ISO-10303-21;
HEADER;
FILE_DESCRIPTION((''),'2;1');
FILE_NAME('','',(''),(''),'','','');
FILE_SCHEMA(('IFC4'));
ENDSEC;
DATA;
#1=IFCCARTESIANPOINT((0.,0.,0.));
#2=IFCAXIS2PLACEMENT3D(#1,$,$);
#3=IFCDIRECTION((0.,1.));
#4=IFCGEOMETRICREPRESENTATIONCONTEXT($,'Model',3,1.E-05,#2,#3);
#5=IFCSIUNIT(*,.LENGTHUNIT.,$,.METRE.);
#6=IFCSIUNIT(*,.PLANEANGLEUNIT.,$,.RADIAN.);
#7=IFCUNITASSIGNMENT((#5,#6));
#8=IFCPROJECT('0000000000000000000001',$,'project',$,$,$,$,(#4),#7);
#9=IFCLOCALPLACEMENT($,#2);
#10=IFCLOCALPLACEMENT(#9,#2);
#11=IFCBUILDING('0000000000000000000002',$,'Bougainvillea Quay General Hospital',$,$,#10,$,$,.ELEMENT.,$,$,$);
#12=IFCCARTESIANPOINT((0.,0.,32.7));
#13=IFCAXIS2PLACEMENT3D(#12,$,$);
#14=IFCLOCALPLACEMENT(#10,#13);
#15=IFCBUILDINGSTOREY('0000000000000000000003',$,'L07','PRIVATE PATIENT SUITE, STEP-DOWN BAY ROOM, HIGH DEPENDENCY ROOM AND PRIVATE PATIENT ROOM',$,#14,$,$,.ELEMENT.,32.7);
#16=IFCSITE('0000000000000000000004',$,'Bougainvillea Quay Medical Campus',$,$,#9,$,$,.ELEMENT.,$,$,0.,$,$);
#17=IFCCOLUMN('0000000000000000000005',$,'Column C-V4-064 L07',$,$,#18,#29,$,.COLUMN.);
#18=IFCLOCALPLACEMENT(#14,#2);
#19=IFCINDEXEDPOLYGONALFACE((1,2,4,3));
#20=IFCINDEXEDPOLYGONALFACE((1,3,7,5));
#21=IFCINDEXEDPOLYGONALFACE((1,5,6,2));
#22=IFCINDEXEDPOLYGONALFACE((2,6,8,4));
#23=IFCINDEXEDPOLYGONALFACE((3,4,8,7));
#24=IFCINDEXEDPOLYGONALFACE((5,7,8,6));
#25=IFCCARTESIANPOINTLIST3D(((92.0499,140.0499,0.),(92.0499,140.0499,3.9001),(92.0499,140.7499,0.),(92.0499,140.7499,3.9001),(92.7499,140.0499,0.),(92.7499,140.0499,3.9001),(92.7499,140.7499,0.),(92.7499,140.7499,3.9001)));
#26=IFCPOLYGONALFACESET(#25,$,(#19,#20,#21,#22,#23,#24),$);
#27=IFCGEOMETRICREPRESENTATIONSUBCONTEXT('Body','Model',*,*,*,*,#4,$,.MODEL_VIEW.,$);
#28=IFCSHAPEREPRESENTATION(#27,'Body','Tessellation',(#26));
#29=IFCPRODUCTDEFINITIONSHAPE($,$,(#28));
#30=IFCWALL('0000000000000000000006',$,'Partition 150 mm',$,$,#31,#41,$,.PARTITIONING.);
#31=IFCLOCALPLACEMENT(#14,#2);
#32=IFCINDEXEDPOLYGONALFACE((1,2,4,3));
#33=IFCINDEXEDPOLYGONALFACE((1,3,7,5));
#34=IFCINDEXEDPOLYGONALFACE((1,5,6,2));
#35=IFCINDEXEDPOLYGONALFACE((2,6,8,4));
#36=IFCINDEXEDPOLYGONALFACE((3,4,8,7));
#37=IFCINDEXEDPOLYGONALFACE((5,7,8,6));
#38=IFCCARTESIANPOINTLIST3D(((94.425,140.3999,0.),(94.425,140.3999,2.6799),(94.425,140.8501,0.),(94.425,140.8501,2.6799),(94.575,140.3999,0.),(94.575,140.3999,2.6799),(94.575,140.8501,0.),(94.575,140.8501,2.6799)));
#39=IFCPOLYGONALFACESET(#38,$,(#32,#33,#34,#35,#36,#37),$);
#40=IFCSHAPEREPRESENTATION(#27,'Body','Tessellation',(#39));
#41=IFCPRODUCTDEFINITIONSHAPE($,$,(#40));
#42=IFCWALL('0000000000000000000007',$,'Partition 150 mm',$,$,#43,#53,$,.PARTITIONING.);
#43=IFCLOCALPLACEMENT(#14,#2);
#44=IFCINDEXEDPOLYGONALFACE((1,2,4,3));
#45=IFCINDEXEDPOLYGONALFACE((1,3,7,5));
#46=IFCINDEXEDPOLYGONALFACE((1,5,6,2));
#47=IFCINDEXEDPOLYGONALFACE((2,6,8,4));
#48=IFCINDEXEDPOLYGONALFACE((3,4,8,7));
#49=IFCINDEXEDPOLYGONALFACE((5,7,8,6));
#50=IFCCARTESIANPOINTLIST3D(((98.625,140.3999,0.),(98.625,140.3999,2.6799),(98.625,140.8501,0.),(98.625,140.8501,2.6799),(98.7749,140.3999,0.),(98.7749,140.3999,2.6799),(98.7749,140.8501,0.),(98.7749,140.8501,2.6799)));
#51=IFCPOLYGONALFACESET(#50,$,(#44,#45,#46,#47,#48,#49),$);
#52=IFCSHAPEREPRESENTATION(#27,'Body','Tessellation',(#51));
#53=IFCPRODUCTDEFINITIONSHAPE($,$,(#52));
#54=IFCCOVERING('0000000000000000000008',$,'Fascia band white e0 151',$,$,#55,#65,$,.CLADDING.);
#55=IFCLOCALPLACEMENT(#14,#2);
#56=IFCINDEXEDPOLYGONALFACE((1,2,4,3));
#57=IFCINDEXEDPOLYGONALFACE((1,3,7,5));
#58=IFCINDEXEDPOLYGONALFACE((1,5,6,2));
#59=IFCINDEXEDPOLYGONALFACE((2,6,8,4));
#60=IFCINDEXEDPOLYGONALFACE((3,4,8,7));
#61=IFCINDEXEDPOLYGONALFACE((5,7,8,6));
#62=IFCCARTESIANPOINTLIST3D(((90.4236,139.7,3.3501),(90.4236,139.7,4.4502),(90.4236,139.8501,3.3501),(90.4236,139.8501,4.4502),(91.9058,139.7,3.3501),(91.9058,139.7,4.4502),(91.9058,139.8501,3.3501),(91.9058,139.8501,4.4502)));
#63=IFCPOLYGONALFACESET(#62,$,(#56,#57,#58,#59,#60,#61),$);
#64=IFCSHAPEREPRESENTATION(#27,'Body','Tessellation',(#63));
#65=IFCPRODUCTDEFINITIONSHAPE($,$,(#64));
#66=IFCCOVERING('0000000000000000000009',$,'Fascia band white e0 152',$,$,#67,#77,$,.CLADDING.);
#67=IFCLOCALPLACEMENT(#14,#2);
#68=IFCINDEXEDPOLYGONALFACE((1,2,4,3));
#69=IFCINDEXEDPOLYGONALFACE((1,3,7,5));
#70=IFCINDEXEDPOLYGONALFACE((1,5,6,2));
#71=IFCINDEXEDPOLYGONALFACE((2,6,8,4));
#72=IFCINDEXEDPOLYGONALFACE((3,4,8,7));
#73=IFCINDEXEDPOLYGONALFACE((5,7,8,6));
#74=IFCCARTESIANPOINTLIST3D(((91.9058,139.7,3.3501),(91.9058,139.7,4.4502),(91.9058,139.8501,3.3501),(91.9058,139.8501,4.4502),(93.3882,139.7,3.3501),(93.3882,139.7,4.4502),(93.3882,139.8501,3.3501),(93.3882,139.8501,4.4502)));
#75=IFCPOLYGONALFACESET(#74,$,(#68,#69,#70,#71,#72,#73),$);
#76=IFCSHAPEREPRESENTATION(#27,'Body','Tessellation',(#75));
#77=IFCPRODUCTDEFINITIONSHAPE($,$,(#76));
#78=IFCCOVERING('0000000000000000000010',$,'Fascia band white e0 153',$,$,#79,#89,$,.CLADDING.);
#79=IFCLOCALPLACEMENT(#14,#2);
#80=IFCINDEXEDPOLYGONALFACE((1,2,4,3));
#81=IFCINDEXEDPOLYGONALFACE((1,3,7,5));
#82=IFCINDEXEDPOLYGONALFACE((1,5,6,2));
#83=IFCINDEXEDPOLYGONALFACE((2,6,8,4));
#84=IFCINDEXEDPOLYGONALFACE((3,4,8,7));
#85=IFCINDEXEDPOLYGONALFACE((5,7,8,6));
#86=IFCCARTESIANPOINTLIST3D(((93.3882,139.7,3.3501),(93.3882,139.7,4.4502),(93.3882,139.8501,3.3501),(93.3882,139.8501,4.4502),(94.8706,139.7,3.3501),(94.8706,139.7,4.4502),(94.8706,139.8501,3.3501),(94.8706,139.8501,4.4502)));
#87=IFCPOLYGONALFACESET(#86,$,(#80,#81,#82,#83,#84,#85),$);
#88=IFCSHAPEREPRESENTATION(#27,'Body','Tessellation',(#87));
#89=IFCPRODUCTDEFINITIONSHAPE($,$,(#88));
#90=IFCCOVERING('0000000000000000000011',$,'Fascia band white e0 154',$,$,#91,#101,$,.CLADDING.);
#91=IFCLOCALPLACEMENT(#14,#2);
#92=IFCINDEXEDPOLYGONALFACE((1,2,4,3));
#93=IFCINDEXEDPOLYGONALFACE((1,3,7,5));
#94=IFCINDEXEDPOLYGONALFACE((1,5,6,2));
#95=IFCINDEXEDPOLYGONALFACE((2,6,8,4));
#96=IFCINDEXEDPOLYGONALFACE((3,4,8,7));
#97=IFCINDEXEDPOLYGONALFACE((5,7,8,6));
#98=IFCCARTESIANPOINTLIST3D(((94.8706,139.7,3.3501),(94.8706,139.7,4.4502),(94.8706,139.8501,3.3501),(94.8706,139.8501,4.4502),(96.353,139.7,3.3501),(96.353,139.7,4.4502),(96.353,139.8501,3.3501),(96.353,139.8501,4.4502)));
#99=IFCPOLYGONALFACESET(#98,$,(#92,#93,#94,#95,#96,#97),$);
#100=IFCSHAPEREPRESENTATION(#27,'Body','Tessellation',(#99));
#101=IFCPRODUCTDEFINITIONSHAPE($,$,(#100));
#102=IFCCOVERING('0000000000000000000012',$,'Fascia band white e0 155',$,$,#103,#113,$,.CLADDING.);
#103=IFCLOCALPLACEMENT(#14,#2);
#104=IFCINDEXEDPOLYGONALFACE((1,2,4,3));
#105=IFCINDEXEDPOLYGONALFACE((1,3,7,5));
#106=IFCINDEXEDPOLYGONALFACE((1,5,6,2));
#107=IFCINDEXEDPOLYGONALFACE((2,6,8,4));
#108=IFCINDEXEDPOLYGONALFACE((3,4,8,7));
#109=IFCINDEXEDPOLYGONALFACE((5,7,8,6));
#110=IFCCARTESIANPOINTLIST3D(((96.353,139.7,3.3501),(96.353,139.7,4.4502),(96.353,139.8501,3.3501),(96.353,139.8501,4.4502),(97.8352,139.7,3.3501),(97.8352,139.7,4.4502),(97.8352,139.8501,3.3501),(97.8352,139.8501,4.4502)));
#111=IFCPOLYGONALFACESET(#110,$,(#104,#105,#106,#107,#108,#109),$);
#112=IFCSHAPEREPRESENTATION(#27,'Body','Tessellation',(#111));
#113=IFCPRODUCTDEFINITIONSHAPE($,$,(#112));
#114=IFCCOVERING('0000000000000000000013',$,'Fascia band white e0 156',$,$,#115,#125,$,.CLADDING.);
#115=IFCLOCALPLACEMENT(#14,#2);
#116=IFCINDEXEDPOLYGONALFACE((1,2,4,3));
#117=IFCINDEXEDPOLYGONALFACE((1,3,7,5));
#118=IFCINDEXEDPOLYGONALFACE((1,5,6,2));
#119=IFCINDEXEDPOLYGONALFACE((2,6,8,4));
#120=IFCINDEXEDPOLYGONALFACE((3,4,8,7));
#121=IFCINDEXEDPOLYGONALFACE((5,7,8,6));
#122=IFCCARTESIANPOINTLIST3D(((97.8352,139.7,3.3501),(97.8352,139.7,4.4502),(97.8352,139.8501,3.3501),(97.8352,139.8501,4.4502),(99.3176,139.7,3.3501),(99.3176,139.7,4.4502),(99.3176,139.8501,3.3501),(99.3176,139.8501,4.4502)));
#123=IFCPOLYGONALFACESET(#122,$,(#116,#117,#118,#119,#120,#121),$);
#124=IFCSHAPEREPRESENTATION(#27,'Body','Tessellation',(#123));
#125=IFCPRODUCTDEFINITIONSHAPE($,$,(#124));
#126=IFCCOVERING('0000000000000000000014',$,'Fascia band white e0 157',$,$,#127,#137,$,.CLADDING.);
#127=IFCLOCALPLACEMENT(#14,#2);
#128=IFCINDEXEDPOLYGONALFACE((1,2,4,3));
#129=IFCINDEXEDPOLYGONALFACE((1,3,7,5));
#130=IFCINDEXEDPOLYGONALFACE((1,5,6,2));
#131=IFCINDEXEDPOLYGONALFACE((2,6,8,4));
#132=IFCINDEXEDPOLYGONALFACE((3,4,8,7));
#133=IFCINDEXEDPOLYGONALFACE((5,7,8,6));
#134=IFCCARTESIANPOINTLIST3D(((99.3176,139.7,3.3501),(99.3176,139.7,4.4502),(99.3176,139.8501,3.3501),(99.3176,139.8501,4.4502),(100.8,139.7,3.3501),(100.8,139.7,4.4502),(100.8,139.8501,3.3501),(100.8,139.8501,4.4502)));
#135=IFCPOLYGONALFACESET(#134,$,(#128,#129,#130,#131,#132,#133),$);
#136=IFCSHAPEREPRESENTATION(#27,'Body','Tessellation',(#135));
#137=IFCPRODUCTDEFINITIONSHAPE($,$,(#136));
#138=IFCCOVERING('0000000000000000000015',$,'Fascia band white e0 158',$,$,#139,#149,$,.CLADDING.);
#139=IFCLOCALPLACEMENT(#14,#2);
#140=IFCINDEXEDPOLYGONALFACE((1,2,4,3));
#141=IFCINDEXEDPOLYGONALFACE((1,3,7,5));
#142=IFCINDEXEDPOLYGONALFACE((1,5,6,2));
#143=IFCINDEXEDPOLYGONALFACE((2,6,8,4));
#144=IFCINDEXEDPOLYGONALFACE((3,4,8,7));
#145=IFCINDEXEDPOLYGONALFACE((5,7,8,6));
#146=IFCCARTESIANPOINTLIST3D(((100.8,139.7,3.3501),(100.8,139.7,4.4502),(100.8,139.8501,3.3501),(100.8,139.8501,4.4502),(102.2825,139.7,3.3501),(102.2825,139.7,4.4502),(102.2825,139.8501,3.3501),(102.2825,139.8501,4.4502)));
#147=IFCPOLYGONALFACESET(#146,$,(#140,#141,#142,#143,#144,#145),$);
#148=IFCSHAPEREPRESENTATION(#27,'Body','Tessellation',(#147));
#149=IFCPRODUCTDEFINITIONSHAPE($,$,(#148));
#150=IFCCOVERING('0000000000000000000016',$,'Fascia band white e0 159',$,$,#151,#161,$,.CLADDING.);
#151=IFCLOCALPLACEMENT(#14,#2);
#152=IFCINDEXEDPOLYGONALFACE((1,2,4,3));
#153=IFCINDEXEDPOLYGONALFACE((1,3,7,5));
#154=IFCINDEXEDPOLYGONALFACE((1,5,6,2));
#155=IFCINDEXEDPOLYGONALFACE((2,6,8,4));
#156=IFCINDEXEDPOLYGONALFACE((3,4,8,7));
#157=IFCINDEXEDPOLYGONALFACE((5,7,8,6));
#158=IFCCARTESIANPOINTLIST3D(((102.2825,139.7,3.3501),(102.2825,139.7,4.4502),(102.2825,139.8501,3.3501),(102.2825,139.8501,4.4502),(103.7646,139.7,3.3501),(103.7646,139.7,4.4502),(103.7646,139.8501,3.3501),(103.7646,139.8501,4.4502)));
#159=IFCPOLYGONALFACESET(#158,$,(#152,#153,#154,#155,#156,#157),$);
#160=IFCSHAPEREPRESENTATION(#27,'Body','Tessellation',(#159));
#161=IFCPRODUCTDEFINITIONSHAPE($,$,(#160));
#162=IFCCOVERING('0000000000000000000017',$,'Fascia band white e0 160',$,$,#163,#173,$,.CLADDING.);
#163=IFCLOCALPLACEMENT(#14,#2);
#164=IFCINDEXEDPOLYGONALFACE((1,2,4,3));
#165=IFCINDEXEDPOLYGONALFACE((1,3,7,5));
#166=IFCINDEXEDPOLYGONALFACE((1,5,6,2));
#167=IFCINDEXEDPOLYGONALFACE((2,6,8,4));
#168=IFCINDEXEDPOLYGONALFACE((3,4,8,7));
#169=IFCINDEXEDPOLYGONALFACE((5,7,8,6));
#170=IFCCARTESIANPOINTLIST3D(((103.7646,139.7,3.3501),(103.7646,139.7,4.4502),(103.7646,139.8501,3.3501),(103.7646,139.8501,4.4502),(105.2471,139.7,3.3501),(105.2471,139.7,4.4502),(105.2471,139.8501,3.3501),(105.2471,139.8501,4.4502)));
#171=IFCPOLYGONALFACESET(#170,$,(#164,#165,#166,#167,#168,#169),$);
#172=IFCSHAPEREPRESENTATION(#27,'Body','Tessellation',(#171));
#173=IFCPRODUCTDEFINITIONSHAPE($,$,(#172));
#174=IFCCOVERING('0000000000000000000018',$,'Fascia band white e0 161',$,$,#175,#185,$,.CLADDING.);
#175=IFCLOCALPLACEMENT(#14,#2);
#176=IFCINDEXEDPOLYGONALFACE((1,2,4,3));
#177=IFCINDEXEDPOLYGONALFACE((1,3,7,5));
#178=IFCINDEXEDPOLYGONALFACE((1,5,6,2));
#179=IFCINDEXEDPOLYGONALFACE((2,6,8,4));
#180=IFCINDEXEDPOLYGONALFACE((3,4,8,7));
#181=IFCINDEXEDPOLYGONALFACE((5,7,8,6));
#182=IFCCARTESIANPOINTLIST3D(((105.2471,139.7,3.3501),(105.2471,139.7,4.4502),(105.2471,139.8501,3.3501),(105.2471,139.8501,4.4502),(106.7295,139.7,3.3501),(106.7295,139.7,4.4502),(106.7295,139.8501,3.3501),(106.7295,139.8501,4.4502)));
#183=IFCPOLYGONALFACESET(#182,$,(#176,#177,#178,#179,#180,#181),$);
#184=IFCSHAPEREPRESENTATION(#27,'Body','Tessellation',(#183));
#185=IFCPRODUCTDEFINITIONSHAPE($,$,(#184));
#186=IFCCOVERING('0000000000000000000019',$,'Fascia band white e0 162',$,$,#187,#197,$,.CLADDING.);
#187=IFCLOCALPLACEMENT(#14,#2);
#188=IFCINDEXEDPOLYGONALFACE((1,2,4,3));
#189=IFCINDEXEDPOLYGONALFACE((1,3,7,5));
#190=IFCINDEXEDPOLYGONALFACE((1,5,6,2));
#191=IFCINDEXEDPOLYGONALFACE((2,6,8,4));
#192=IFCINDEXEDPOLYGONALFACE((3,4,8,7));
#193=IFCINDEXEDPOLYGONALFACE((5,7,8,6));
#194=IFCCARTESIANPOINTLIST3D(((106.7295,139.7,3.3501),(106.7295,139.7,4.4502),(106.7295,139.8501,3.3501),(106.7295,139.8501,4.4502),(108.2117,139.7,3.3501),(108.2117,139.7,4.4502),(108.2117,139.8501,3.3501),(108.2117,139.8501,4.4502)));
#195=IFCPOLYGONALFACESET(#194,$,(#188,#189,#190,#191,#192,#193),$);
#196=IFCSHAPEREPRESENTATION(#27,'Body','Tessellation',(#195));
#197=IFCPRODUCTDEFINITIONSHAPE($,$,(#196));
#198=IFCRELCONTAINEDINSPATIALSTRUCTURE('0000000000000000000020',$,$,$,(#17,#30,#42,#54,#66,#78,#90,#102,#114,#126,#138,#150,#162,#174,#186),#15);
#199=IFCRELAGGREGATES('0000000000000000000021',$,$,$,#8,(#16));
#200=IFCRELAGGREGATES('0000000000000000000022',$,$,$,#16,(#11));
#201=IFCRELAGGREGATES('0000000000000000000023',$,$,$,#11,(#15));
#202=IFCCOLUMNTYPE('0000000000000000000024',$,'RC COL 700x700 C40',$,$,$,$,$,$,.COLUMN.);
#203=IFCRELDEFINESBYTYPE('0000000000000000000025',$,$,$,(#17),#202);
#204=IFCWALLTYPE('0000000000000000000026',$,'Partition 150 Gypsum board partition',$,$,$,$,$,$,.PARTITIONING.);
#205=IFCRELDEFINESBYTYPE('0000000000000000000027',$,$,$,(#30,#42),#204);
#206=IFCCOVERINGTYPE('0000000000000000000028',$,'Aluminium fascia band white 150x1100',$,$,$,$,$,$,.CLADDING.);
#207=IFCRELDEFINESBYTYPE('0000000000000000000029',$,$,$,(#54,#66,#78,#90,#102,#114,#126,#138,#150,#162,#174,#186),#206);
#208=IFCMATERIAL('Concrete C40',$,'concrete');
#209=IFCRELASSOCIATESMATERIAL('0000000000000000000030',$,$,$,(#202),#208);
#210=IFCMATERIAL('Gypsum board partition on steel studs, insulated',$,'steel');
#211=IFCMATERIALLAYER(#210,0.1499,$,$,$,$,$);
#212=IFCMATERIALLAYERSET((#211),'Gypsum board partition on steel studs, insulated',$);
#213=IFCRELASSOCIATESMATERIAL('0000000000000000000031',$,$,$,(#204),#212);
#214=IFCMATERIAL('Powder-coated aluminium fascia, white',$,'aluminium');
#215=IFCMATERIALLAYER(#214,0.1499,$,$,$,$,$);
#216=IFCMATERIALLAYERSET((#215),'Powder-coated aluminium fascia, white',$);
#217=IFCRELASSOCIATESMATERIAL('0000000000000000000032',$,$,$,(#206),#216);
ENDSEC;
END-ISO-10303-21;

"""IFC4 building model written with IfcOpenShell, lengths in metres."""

from ifc_helpers import new_model, si_unit, direction, frame, frame_2d, origin, origin_2d, place, context, subcontext, project, spatial, polyline, rectangle, outline, extrude, material, layer, layer_set, material_profile, profile_set, type_object, element, save


model = new_model("IFC4")

# Units and contexts
model_context = context("Model", 3, precision=1e-05, world=origin(), true_north=direction((0.0, 1.0)))
body_context = subcontext(model_context, "Body", "Model", "MODEL_VIEW")
ifc_project = project(units=[si_unit("LENGTHUNIT", "METRE"), si_unit("PLANEANGLEUNIT", "RADIAN")], contexts=[model_context])

# Site, building, storey
site_placement = place(None, origin())
site = spatial("IfcSite", under=ifc_project, at=site_placement, Name="Bougainvillea Quay Medical Campus", CompositionType="ELEMENT", RefElevation=0.0)
building_placement = place(site_placement, origin())
building = spatial("IfcBuilding", under=site, at=building_placement, Name="Bougainvillea Quay General Hospital", CompositionType="ELEMENT")
storey_placement = place(building_placement, frame((0.0, 0.0, 32.7)))
storey = spatial("IfcBuildingStorey", under=building, at=storey_placement, Name="L07", Description="PRIVATE PATIENT SUITE, STEP-DOWN BAY ROOM, HIGH DEPENDENCY ROOM AND PRIVATE PATIENT ROOM", CompositionType="ELEMENT", Elevation=32.7)

# Column
ifc_material_1 = material(Name="Concrete C40", Category="concrete")
ifc_material_profile_1 = material_profile(ifc_material_1, rectangle(XDim=0.7, YDim=0.7, at=origin_2d()))
ifc_profile_set_1 = profile_set([ifc_material_profile_1], Name="Concrete C40")
column_type = type_object("IfcColumnType", Name="RC COL 700x700 C40", PredefinedType="COLUMN", material=ifc_profile_set_1)
column_placement = place(storey_placement, frame((92.3999, 140.3999, 0.0), z_axis=(0.0, 0.0, 1.0), x_axis=(1.0, 0.0, 0.0)))
element("IfcColumn", 1, at=column_placement, inside=storey, type_object=column_type, Name="Column C-V4-064 L07", PredefinedType="COLUMN", context=body_context, shape_type="SweptSolid", body=[
    extrude(rectangle(XDim=0.7, YDim=0.7, at=origin_2d()), origin(), (0.0, 0.0, 1.0), 3.9001),
])

# Walls
ifc_material_2 = material(Name="Gypsum board partition on steel studs, insulated", Category="steel")
ifc_layer_1 = layer(ifc_material_2, 0.1499)
ifc_layer_set_1 = layer_set([ifc_layer_1], Name="Gypsum board partition on steel studs, insulated")
wall_type = type_object("IfcWallType", Name="Partition 150 Gypsum board partition", PredefinedType="PARTITIONING", material=ifc_layer_set_1)
for number, where, z_axis, x_axis, name in (
    (2, (94.5, 140.3999, 0.0), (0.0, 0.0, 1.0), (0.0, 1.0, 0.0), "Partition 150 mm"),
    (3, (98.7, 140.3999, 0.0), (0.0, 0.0, 1.0), (0.0, 1.0, 0.0), "Partition 150 mm"),
):
    element("IfcWall", number, at=place(storey_placement, frame(where, z_axis=z_axis, x_axis=x_axis)), inside=storey, type_object=wall_type, Name=name, PredefinedType="PARTITIONING", context=body_context, shape_type="SweptSolid", body=[
        extrude(rectangle(XDim=0.4502, YDim=0.1499, at=frame_2d((0.2251, 0.0))), origin(), (0.0, 0.0, 1.0), 2.6799),
    ])

# Coverings
ifc_material_3 = material(Name="Powder-coated aluminium fascia, white", Category="aluminium")
ifc_layer_2 = layer(ifc_material_3, 0.1499)
ifc_layer_set_2 = layer_set([ifc_layer_2], Name="Powder-coated aluminium fascia, white")
covering_type = type_object("IfcCoveringType", Name="Aluminium fascia band white 150x1100", PredefinedType="CLADDING", material=ifc_layer_set_2)
covering_1_placement = place(storey_placement, frame((90.4236, 139.8501, 3.3501), z_axis=(0.0, 0.0, 1.0), x_axis=(1.0, 0.0, 0.0)))
element("IfcCovering", 4, at=covering_1_placement, inside=storey, type_object=covering_type, Name="Fascia band white e0 151", PredefinedType="CLADDING", context=body_context, shape_type="SweptSolid", body=[
    extrude(outline(polyline([(0.0, 0.0), (1.4822, 0.0), (1.4822, -0.1501), (0.0, -0.1501), (0.0, 0.0)])), origin(), (0.0, 0.0, 1.0), 1.1001),
])
for number, where, z_axis, x_axis, name in (
    (5, (91.9058, 139.8501, 3.3501), (0.0, 0.0, 1.0), (1.0, 0.0, 0.0), "Fascia band white e0 152"),
    (6, (93.3882, 139.8501, 3.3501), (0.0, 0.0, 1.0), (1.0, 0.0, 0.0), "Fascia band white e0 153"),
    (7, (94.8706, 139.8501, 3.3501), (0.0, 0.0, 1.0), (1.0, 0.0, 0.0), "Fascia band white e0 154"),
):
    element("IfcCovering", number, at=place(storey_placement, frame(where, z_axis=z_axis, x_axis=x_axis)), inside=storey, type_object=covering_type, Name=name, PredefinedType="CLADDING", context=body_context, shape_type="SweptSolid", body=[
        extrude(outline(polyline([(0.0, 0.0), (1.4824, 0.0), (1.4824, -0.1501), (0.0, -0.1501), (0.0, 0.0)])), origin(), (0.0, 0.0, 1.0), 1.1001),
    ])
covering_2_placement = place(storey_placement, frame((96.353, 139.8501, 3.3501), z_axis=(0.0, 0.0, 1.0), x_axis=(1.0, 0.0, 0.0)))
element("IfcCovering", 8, at=covering_2_placement, inside=storey, type_object=covering_type, Name="Fascia band white e0 155", PredefinedType="CLADDING", context=body_context, shape_type="SweptSolid", body=[
    extrude(outline(polyline([(0.0, 0.0), (1.4822, 0.0), (1.4822, -0.1501), (0.0, -0.1501), (0.0, 0.0)])), origin(), (0.0, 0.0, 1.0), 1.1001),
])
for number, where, z_axis, x_axis, name in (
    (9, (97.8352, 139.8501, 3.3501), (0.0, 0.0, 1.0), (1.0, 0.0, 0.0), "Fascia band white e0 156"),
    (10, (99.3176, 139.8501, 3.3501), (0.0, 0.0, 1.0), (1.0, 0.0, 0.0), "Fascia band white e0 157"),
    (11, (100.8, 139.8501, 3.3501), (0.0, 0.0, 1.0), (1.0, 0.0, 0.0), "Fascia band white e0 158"),
):
    element("IfcCovering", number, at=place(storey_placement, frame(where, z_axis=z_axis, x_axis=x_axis)), inside=storey, type_object=covering_type, Name=name, PredefinedType="CLADDING", context=body_context, shape_type="SweptSolid", body=[
        extrude(outline(polyline([(0.0, 0.0), (1.4824, 0.0), (1.4824, -0.1501), (0.0, -0.1501), (0.0, 0.0)])), origin(), (0.0, 0.0, 1.0), 1.1001),
    ])
covering_3_placement = place(storey_placement, frame((102.2825, 139.8501, 3.3501), z_axis=(0.0, 0.0, 1.0), x_axis=(1.0, 0.0, 0.0)))
element("IfcCovering", 12, at=covering_3_placement, inside=storey, type_object=covering_type, Name="Fascia band white e0 159", PredefinedType="CLADDING", context=body_context, shape_type="SweptSolid", body=[
    extrude(outline(polyline([(0.0, 0.0), (1.4822, 0.0), (1.4822, -0.1501), (0.0, -0.1501), (0.0, 0.0)])), origin(), (0.0, 0.0, 1.0), 1.1001),
])
for number, where, z_axis, x_axis, name in (
    (13, (103.7646, 139.8501, 3.3501), (0.0, 0.0, 1.0), (1.0, 0.0, 0.0), "Fascia band white e0 160"),
    (14, (105.2471, 139.8501, 3.3501), (0.0, 0.0, 1.0), (1.0, 0.0, 0.0), "Fascia band white e0 161"),
):
    element("IfcCovering", number, at=place(storey_placement, frame(where, z_axis=z_axis, x_axis=x_axis)), inside=storey, type_object=covering_type, Name=name, PredefinedType="CLADDING", context=body_context, shape_type="SweptSolid", body=[
        extrude(outline(polyline([(0.0, 0.0), (1.4824, 0.0), (1.4824, -0.1501), (0.0, -0.1501), (0.0, 0.0)])), origin(), (0.0, 0.0, 1.0), 1.1001),
    ])
covering_4_placement = place(storey_placement, frame((106.7295, 139.8501, 3.3501), z_axis=(0.0, 0.0, 1.0), x_axis=(1.0, 0.0, 0.0)))
element("IfcCovering", 15, at=covering_4_placement, inside=storey, type_object=covering_type, Name="Fascia band white e0 162", PredefinedType="CLADDING", context=body_context, shape_type="SweptSolid", body=[
    extrude(outline(polyline([(0.0, 0.0), (1.4822, 0.0), (1.4822, -0.1501), (0.0, -0.1501), (0.0, 0.0)])), origin(), (0.0, 0.0, 1.0), 1.1001),
])

save(model, "model.ifc")
